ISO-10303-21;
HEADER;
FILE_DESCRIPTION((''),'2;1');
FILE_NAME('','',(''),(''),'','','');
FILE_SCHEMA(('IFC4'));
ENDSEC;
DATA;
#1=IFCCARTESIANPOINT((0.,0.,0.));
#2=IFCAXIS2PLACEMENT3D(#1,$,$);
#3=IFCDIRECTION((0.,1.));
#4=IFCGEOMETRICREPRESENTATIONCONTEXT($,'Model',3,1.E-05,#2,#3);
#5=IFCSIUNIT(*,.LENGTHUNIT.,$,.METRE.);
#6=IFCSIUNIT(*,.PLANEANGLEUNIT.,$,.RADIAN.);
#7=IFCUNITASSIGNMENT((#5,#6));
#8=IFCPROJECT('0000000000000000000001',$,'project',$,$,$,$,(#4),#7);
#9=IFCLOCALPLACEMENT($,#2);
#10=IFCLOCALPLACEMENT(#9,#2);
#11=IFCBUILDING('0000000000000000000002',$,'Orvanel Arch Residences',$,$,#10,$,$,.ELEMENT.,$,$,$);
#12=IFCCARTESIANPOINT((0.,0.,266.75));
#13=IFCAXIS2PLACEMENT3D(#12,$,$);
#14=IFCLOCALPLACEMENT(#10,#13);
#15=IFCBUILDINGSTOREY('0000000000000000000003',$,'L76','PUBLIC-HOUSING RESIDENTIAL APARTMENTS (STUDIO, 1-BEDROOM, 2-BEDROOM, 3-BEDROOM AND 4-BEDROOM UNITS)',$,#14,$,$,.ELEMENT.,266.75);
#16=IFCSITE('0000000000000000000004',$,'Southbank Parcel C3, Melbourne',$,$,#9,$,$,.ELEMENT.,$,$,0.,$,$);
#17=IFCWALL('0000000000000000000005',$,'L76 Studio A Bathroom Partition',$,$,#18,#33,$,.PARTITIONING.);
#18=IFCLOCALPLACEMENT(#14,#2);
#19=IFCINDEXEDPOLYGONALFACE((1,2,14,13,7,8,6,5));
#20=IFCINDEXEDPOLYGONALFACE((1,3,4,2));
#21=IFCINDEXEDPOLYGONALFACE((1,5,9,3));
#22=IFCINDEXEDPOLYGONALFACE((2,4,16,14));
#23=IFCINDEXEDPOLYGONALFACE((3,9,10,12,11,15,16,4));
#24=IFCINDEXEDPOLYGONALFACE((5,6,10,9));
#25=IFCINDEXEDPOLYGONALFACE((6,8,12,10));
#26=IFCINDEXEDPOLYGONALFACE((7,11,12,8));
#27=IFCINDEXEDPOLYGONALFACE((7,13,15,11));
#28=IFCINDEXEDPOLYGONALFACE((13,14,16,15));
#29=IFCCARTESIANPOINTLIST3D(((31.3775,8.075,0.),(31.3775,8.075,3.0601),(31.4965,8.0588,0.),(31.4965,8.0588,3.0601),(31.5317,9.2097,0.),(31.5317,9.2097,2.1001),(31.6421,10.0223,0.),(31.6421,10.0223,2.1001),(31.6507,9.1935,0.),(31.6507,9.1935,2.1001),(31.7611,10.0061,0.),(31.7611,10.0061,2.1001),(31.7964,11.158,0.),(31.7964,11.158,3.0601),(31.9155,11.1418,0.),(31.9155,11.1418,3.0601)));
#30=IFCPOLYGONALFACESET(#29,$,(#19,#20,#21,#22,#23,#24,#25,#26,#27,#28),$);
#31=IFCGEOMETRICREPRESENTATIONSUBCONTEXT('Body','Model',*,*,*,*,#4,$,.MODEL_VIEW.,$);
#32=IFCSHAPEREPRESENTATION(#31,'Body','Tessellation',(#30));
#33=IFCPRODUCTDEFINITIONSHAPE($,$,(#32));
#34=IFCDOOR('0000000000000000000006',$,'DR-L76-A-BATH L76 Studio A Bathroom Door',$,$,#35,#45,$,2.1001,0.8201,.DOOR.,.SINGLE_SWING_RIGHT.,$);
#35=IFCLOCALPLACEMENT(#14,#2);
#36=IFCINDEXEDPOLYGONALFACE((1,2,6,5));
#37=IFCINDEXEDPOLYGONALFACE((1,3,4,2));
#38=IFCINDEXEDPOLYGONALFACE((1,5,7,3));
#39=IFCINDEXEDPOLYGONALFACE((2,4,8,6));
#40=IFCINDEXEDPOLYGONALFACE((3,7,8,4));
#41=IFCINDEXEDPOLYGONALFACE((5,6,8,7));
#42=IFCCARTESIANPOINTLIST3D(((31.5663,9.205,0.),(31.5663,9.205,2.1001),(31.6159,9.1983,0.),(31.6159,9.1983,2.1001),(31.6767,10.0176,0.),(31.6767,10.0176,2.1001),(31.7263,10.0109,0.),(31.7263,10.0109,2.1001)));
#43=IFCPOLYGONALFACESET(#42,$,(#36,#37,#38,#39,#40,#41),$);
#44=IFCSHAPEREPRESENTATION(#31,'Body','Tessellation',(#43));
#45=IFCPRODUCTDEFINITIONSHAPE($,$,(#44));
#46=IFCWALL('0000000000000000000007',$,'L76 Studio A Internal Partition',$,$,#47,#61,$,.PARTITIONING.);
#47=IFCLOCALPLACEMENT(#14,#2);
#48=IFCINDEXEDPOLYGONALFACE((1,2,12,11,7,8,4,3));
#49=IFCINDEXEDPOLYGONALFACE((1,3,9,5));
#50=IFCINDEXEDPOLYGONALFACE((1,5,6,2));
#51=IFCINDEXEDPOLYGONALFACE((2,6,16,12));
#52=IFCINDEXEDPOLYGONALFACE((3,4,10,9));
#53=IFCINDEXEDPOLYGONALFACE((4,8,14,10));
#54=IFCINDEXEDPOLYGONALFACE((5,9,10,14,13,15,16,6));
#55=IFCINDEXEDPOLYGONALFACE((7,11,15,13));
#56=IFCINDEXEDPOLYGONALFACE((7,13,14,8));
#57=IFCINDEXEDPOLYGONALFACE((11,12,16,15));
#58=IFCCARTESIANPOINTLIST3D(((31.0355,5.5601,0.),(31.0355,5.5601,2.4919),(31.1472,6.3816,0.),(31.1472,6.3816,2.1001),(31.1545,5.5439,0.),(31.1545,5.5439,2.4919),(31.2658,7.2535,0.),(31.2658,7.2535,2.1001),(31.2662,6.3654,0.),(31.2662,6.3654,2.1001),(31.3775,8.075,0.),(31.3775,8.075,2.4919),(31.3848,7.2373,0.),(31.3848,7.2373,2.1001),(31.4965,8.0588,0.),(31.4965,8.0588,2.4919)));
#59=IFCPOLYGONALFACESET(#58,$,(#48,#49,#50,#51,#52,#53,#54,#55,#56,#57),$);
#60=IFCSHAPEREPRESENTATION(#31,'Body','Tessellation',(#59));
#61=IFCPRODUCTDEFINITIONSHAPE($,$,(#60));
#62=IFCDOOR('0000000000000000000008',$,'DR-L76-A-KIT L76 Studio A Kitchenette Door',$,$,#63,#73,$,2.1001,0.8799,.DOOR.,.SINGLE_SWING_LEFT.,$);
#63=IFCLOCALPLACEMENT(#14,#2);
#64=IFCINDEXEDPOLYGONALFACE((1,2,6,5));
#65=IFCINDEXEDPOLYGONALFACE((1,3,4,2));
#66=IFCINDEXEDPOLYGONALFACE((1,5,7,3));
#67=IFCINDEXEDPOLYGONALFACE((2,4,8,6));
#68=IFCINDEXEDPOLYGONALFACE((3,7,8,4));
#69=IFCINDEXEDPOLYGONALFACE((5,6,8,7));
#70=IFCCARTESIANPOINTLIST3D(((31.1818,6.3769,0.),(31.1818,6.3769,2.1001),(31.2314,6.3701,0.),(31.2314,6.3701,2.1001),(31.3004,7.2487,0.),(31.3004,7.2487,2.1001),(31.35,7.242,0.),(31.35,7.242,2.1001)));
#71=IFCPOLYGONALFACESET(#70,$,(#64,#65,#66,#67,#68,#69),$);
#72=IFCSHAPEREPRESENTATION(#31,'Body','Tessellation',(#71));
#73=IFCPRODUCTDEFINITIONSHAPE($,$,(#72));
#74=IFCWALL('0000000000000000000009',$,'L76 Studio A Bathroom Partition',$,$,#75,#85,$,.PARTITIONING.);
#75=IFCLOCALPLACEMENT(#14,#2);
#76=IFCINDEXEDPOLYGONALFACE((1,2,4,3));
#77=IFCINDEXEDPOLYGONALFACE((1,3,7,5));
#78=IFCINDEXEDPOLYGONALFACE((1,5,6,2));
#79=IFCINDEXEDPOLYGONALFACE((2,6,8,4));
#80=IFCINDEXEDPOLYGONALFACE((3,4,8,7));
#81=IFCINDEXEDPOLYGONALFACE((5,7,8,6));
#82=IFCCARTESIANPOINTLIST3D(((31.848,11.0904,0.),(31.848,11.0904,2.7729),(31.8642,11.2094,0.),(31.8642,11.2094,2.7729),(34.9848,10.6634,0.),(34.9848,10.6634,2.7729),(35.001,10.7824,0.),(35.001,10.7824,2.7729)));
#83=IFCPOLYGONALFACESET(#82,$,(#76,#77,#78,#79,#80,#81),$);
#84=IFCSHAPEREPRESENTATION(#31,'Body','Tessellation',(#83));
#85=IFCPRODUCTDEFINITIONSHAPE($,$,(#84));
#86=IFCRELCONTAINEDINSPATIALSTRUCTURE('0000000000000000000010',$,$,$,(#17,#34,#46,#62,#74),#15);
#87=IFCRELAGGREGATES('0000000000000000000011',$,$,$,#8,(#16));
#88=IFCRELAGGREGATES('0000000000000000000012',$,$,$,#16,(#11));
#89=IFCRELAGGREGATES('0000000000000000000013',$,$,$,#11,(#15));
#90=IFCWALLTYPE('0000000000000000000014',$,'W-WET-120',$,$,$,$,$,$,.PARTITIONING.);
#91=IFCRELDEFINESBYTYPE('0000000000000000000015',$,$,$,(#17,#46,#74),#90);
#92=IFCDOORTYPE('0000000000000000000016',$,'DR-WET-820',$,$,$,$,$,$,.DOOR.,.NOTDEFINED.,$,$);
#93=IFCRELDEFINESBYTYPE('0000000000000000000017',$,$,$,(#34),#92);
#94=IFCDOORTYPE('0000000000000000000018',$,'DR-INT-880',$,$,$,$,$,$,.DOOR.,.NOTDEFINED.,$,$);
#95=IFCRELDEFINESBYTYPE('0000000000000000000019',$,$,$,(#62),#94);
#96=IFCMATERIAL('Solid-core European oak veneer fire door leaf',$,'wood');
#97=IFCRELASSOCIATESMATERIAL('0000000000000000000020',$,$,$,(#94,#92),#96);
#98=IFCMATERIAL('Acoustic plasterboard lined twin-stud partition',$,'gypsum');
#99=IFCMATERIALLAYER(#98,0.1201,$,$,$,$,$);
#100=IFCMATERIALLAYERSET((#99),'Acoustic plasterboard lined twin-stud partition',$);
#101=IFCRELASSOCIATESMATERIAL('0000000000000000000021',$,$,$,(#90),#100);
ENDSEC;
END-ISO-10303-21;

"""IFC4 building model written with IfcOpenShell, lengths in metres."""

from ifc_helpers import new_model, si_unit, direction, frame, frame_2d, origin, place, context, subcontext, project, spatial, rectangle, extrude, material, layer, layer_set, type_object, element, fill, save


model = new_model("IFC4")

# Units and contexts
model_context = context("Model", 3, precision=1e-05, world=origin(), true_north=direction((0.0, 1.0)))
body_context = subcontext(model_context, "Body", "Model", "MODEL_VIEW")
ifc_project = project(units=[si_unit("LENGTHUNIT", "METRE"), si_unit("PLANEANGLEUNIT", "RADIAN")], contexts=[model_context])

# Site, building, storey
site_placement = place(None, origin())
site = spatial("IfcSite", under=ifc_project, at=site_placement, Name="Southbank Parcel C3, Melbourne", CompositionType="ELEMENT", RefElevation=0.0)
building_placement = place(site_placement, origin())
building = spatial("IfcBuilding", under=site, at=building_placement, Name="Orvanel Arch Residences", CompositionType="ELEMENT")
storey_placement = place(building_placement, frame((0.0, 0.0, 266.75)))
storey = spatial("IfcBuildingStorey", under=building, at=storey_placement, Name="L76", Description="PUBLIC-HOUSING RESIDENTIAL APARTMENTS (STUDIO, 1-BEDROOM, 2-BEDROOM, 3-BEDROOM AND 4-BEDROOM UNITS)", CompositionType="ELEMENT", Elevation=266.75)

# Shared definitions
ifc_material_1 = material(Name="Solid-core European oak veneer fire door leaf", Category="wood")
door_type_1 = type_object("IfcDoorType", Name="DR-INT-880", OperationType="NOTDEFINED", PredefinedType="DOOR", material=ifc_material_1)
door_type_2 = type_object("IfcDoorType", Name="DR-WET-820", OperationType="NOTDEFINED", PredefinedType="DOOR", material=ifc_material_1)

# Walls, openings, doors
ifc_material_2 = material(Name="Acoustic plasterboard lined twin-stud partition", Category="gypsum")
ifc_layer_1 = layer(ifc_material_2, 0.1201)
ifc_layer_set_1 = layer_set([ifc_layer_1], Name="Acoustic plasterboard lined twin-stud partition")
wall_type_1 = type_object("IfcWallType", Name="W-WET-120", PredefinedType="PARTITIONING", material=ifc_layer_set_1)
wall_1_placement = place(storey_placement, frame((31.856, 11.1499, 0.0), z_axis=(0.0, 0.0, 1.0), x_axis=(-0.134651, -0.990893, 0.0)))
wall_1 = element("IfcWall", 1, at=wall_1_placement, inside=storey, type_object=wall_type_1, Name="L76 Studio A Bathroom Partition", PredefinedType="PARTITIONING", context=body_context, shape_type="SweptSolid", body=[
    extrude(rectangle(XDim=3.1113, YDim=0.1201, at=frame_2d((1.5557, 0.0))), origin(), (0.0, 0.0, 1.0), 3.0601),
])
opening_1_placement = place(wall_1_placement, frame((1.146, 0.0, 0.0)))
opening_1 = element("IfcOpeningElement", 2, at=opening_1_placement, cuts=wall_1, PredefinedType="OPENING", context=body_context, shape_type="SweptSolid", body=[
    extrude(rectangle(XDim=0.8201, YDim=2.1001, at=frame_2d((0.4102, 1.05))), frame((0.0, 0.0701, 0.0), z_axis=(0.0, -1.0, 0.0), x_axis=(1.0, 0.0, 0.0)), (0.0, 0.0, 1.0), 0.1401),
])
door_1_placement = place(opening_1_placement, origin())
door_1 = element("IfcDoor", 3, at=door_1_placement, inside=storey, type_object=door_type_2, Name="DR-L76-A-BATH L76 Studio A Bathroom Door", OperationType="SINGLE_SWING_RIGHT", OverallHeight=2.1001, OverallWidth=0.8201, PredefinedType="DOOR", context=body_context, shape_type="SweptSolid", body=[
    extrude(rectangle(XDim=0.8201, YDim=2.1001, at=frame_2d((0.4102, 1.05))), frame((0.0, 0.0249, 0.0), z_axis=(0.0, -1.0, 0.0), x_axis=(1.0, 0.0, 0.0)), (0.0, 0.0, 1.0), 0.05),
])
fill(opening_1, door_1)
wall_2_placement = place(storey_placement, frame((31.437, 8.0669, 0.0), z_axis=(0.0, 0.0, 1.0), x_axis=(-0.134765, -0.990878, 0.0)))
wall_2 = element("IfcWall", 4, at=wall_2_placement, inside=storey, type_object=wall_type_1, Name="L76 Studio A Internal Partition", PredefinedType="PARTITIONING", context=body_context, shape_type="SweptSolid", body=[
    extrude(rectangle(XDim=2.5381, YDim=0.1201, at=frame_2d((1.269, 0.0))), origin(), (0.0, 0.0, 1.0), 2.4919),
])
opening_2_placement = place(wall_2_placement, frame((0.8291, 0.0, 0.0)))
opening_2 = element("IfcOpeningElement", 5, at=opening_2_placement, cuts=wall_2, PredefinedType="OPENING", context=body_context, shape_type="SweptSolid", body=[
    extrude(rectangle(XDim=0.8799, YDim=2.1001, at=frame_2d((0.4399, 1.05))), frame((0.0, 0.0701, 0.0), z_axis=(0.0, -1.0, 0.0), x_axis=(1.0, 0.0, 0.0)), (0.0, 0.0, 1.0), 0.1401),
])
door_2_placement = place(opening_2_placement, origin())
door_2 = element("IfcDoor", 6, at=door_2_placement, inside=storey, type_object=door_type_1, Name="DR-L76-A-KIT L76 Studio A Kitchenette Door", OperationType="SINGLE_SWING_LEFT", OverallHeight=2.1001, OverallWidth=0.8799, PredefinedType="DOOR", context=body_context, shape_type="SweptSolid", body=[
    extrude(rectangle(XDim=0.8799, YDim=2.1001, at=frame_2d((0.4399, 1.05))), frame((0.0, 0.0249, 0.0), z_axis=(0.0, -1.0, 0.0), x_axis=(1.0, 0.0, 0.0)), (0.0, 0.0, 1.0), 0.05),
])
fill(opening_2, door_2)

# Wall
wall_3_placement = place(storey_placement, frame((31.856, 11.1499, 0.0), z_axis=(0.0, 0.0, 1.0), x_axis=(0.990863, -0.134876, 0.0)))
element("IfcWall", 7, at=wall_3_placement, inside=storey, type_object=wall_type_1, Name="L76 Studio A Bathroom Partition", PredefinedType="PARTITIONING", context=body_context, shape_type="SweptSolid", body=[
    extrude(rectangle(XDim=3.1658, YDim=0.1201, at=frame_2d((1.583, 0.0))), origin(), (0.0, 0.0, 1.0), 2.7729),
])

save(model, "model.ifc")
